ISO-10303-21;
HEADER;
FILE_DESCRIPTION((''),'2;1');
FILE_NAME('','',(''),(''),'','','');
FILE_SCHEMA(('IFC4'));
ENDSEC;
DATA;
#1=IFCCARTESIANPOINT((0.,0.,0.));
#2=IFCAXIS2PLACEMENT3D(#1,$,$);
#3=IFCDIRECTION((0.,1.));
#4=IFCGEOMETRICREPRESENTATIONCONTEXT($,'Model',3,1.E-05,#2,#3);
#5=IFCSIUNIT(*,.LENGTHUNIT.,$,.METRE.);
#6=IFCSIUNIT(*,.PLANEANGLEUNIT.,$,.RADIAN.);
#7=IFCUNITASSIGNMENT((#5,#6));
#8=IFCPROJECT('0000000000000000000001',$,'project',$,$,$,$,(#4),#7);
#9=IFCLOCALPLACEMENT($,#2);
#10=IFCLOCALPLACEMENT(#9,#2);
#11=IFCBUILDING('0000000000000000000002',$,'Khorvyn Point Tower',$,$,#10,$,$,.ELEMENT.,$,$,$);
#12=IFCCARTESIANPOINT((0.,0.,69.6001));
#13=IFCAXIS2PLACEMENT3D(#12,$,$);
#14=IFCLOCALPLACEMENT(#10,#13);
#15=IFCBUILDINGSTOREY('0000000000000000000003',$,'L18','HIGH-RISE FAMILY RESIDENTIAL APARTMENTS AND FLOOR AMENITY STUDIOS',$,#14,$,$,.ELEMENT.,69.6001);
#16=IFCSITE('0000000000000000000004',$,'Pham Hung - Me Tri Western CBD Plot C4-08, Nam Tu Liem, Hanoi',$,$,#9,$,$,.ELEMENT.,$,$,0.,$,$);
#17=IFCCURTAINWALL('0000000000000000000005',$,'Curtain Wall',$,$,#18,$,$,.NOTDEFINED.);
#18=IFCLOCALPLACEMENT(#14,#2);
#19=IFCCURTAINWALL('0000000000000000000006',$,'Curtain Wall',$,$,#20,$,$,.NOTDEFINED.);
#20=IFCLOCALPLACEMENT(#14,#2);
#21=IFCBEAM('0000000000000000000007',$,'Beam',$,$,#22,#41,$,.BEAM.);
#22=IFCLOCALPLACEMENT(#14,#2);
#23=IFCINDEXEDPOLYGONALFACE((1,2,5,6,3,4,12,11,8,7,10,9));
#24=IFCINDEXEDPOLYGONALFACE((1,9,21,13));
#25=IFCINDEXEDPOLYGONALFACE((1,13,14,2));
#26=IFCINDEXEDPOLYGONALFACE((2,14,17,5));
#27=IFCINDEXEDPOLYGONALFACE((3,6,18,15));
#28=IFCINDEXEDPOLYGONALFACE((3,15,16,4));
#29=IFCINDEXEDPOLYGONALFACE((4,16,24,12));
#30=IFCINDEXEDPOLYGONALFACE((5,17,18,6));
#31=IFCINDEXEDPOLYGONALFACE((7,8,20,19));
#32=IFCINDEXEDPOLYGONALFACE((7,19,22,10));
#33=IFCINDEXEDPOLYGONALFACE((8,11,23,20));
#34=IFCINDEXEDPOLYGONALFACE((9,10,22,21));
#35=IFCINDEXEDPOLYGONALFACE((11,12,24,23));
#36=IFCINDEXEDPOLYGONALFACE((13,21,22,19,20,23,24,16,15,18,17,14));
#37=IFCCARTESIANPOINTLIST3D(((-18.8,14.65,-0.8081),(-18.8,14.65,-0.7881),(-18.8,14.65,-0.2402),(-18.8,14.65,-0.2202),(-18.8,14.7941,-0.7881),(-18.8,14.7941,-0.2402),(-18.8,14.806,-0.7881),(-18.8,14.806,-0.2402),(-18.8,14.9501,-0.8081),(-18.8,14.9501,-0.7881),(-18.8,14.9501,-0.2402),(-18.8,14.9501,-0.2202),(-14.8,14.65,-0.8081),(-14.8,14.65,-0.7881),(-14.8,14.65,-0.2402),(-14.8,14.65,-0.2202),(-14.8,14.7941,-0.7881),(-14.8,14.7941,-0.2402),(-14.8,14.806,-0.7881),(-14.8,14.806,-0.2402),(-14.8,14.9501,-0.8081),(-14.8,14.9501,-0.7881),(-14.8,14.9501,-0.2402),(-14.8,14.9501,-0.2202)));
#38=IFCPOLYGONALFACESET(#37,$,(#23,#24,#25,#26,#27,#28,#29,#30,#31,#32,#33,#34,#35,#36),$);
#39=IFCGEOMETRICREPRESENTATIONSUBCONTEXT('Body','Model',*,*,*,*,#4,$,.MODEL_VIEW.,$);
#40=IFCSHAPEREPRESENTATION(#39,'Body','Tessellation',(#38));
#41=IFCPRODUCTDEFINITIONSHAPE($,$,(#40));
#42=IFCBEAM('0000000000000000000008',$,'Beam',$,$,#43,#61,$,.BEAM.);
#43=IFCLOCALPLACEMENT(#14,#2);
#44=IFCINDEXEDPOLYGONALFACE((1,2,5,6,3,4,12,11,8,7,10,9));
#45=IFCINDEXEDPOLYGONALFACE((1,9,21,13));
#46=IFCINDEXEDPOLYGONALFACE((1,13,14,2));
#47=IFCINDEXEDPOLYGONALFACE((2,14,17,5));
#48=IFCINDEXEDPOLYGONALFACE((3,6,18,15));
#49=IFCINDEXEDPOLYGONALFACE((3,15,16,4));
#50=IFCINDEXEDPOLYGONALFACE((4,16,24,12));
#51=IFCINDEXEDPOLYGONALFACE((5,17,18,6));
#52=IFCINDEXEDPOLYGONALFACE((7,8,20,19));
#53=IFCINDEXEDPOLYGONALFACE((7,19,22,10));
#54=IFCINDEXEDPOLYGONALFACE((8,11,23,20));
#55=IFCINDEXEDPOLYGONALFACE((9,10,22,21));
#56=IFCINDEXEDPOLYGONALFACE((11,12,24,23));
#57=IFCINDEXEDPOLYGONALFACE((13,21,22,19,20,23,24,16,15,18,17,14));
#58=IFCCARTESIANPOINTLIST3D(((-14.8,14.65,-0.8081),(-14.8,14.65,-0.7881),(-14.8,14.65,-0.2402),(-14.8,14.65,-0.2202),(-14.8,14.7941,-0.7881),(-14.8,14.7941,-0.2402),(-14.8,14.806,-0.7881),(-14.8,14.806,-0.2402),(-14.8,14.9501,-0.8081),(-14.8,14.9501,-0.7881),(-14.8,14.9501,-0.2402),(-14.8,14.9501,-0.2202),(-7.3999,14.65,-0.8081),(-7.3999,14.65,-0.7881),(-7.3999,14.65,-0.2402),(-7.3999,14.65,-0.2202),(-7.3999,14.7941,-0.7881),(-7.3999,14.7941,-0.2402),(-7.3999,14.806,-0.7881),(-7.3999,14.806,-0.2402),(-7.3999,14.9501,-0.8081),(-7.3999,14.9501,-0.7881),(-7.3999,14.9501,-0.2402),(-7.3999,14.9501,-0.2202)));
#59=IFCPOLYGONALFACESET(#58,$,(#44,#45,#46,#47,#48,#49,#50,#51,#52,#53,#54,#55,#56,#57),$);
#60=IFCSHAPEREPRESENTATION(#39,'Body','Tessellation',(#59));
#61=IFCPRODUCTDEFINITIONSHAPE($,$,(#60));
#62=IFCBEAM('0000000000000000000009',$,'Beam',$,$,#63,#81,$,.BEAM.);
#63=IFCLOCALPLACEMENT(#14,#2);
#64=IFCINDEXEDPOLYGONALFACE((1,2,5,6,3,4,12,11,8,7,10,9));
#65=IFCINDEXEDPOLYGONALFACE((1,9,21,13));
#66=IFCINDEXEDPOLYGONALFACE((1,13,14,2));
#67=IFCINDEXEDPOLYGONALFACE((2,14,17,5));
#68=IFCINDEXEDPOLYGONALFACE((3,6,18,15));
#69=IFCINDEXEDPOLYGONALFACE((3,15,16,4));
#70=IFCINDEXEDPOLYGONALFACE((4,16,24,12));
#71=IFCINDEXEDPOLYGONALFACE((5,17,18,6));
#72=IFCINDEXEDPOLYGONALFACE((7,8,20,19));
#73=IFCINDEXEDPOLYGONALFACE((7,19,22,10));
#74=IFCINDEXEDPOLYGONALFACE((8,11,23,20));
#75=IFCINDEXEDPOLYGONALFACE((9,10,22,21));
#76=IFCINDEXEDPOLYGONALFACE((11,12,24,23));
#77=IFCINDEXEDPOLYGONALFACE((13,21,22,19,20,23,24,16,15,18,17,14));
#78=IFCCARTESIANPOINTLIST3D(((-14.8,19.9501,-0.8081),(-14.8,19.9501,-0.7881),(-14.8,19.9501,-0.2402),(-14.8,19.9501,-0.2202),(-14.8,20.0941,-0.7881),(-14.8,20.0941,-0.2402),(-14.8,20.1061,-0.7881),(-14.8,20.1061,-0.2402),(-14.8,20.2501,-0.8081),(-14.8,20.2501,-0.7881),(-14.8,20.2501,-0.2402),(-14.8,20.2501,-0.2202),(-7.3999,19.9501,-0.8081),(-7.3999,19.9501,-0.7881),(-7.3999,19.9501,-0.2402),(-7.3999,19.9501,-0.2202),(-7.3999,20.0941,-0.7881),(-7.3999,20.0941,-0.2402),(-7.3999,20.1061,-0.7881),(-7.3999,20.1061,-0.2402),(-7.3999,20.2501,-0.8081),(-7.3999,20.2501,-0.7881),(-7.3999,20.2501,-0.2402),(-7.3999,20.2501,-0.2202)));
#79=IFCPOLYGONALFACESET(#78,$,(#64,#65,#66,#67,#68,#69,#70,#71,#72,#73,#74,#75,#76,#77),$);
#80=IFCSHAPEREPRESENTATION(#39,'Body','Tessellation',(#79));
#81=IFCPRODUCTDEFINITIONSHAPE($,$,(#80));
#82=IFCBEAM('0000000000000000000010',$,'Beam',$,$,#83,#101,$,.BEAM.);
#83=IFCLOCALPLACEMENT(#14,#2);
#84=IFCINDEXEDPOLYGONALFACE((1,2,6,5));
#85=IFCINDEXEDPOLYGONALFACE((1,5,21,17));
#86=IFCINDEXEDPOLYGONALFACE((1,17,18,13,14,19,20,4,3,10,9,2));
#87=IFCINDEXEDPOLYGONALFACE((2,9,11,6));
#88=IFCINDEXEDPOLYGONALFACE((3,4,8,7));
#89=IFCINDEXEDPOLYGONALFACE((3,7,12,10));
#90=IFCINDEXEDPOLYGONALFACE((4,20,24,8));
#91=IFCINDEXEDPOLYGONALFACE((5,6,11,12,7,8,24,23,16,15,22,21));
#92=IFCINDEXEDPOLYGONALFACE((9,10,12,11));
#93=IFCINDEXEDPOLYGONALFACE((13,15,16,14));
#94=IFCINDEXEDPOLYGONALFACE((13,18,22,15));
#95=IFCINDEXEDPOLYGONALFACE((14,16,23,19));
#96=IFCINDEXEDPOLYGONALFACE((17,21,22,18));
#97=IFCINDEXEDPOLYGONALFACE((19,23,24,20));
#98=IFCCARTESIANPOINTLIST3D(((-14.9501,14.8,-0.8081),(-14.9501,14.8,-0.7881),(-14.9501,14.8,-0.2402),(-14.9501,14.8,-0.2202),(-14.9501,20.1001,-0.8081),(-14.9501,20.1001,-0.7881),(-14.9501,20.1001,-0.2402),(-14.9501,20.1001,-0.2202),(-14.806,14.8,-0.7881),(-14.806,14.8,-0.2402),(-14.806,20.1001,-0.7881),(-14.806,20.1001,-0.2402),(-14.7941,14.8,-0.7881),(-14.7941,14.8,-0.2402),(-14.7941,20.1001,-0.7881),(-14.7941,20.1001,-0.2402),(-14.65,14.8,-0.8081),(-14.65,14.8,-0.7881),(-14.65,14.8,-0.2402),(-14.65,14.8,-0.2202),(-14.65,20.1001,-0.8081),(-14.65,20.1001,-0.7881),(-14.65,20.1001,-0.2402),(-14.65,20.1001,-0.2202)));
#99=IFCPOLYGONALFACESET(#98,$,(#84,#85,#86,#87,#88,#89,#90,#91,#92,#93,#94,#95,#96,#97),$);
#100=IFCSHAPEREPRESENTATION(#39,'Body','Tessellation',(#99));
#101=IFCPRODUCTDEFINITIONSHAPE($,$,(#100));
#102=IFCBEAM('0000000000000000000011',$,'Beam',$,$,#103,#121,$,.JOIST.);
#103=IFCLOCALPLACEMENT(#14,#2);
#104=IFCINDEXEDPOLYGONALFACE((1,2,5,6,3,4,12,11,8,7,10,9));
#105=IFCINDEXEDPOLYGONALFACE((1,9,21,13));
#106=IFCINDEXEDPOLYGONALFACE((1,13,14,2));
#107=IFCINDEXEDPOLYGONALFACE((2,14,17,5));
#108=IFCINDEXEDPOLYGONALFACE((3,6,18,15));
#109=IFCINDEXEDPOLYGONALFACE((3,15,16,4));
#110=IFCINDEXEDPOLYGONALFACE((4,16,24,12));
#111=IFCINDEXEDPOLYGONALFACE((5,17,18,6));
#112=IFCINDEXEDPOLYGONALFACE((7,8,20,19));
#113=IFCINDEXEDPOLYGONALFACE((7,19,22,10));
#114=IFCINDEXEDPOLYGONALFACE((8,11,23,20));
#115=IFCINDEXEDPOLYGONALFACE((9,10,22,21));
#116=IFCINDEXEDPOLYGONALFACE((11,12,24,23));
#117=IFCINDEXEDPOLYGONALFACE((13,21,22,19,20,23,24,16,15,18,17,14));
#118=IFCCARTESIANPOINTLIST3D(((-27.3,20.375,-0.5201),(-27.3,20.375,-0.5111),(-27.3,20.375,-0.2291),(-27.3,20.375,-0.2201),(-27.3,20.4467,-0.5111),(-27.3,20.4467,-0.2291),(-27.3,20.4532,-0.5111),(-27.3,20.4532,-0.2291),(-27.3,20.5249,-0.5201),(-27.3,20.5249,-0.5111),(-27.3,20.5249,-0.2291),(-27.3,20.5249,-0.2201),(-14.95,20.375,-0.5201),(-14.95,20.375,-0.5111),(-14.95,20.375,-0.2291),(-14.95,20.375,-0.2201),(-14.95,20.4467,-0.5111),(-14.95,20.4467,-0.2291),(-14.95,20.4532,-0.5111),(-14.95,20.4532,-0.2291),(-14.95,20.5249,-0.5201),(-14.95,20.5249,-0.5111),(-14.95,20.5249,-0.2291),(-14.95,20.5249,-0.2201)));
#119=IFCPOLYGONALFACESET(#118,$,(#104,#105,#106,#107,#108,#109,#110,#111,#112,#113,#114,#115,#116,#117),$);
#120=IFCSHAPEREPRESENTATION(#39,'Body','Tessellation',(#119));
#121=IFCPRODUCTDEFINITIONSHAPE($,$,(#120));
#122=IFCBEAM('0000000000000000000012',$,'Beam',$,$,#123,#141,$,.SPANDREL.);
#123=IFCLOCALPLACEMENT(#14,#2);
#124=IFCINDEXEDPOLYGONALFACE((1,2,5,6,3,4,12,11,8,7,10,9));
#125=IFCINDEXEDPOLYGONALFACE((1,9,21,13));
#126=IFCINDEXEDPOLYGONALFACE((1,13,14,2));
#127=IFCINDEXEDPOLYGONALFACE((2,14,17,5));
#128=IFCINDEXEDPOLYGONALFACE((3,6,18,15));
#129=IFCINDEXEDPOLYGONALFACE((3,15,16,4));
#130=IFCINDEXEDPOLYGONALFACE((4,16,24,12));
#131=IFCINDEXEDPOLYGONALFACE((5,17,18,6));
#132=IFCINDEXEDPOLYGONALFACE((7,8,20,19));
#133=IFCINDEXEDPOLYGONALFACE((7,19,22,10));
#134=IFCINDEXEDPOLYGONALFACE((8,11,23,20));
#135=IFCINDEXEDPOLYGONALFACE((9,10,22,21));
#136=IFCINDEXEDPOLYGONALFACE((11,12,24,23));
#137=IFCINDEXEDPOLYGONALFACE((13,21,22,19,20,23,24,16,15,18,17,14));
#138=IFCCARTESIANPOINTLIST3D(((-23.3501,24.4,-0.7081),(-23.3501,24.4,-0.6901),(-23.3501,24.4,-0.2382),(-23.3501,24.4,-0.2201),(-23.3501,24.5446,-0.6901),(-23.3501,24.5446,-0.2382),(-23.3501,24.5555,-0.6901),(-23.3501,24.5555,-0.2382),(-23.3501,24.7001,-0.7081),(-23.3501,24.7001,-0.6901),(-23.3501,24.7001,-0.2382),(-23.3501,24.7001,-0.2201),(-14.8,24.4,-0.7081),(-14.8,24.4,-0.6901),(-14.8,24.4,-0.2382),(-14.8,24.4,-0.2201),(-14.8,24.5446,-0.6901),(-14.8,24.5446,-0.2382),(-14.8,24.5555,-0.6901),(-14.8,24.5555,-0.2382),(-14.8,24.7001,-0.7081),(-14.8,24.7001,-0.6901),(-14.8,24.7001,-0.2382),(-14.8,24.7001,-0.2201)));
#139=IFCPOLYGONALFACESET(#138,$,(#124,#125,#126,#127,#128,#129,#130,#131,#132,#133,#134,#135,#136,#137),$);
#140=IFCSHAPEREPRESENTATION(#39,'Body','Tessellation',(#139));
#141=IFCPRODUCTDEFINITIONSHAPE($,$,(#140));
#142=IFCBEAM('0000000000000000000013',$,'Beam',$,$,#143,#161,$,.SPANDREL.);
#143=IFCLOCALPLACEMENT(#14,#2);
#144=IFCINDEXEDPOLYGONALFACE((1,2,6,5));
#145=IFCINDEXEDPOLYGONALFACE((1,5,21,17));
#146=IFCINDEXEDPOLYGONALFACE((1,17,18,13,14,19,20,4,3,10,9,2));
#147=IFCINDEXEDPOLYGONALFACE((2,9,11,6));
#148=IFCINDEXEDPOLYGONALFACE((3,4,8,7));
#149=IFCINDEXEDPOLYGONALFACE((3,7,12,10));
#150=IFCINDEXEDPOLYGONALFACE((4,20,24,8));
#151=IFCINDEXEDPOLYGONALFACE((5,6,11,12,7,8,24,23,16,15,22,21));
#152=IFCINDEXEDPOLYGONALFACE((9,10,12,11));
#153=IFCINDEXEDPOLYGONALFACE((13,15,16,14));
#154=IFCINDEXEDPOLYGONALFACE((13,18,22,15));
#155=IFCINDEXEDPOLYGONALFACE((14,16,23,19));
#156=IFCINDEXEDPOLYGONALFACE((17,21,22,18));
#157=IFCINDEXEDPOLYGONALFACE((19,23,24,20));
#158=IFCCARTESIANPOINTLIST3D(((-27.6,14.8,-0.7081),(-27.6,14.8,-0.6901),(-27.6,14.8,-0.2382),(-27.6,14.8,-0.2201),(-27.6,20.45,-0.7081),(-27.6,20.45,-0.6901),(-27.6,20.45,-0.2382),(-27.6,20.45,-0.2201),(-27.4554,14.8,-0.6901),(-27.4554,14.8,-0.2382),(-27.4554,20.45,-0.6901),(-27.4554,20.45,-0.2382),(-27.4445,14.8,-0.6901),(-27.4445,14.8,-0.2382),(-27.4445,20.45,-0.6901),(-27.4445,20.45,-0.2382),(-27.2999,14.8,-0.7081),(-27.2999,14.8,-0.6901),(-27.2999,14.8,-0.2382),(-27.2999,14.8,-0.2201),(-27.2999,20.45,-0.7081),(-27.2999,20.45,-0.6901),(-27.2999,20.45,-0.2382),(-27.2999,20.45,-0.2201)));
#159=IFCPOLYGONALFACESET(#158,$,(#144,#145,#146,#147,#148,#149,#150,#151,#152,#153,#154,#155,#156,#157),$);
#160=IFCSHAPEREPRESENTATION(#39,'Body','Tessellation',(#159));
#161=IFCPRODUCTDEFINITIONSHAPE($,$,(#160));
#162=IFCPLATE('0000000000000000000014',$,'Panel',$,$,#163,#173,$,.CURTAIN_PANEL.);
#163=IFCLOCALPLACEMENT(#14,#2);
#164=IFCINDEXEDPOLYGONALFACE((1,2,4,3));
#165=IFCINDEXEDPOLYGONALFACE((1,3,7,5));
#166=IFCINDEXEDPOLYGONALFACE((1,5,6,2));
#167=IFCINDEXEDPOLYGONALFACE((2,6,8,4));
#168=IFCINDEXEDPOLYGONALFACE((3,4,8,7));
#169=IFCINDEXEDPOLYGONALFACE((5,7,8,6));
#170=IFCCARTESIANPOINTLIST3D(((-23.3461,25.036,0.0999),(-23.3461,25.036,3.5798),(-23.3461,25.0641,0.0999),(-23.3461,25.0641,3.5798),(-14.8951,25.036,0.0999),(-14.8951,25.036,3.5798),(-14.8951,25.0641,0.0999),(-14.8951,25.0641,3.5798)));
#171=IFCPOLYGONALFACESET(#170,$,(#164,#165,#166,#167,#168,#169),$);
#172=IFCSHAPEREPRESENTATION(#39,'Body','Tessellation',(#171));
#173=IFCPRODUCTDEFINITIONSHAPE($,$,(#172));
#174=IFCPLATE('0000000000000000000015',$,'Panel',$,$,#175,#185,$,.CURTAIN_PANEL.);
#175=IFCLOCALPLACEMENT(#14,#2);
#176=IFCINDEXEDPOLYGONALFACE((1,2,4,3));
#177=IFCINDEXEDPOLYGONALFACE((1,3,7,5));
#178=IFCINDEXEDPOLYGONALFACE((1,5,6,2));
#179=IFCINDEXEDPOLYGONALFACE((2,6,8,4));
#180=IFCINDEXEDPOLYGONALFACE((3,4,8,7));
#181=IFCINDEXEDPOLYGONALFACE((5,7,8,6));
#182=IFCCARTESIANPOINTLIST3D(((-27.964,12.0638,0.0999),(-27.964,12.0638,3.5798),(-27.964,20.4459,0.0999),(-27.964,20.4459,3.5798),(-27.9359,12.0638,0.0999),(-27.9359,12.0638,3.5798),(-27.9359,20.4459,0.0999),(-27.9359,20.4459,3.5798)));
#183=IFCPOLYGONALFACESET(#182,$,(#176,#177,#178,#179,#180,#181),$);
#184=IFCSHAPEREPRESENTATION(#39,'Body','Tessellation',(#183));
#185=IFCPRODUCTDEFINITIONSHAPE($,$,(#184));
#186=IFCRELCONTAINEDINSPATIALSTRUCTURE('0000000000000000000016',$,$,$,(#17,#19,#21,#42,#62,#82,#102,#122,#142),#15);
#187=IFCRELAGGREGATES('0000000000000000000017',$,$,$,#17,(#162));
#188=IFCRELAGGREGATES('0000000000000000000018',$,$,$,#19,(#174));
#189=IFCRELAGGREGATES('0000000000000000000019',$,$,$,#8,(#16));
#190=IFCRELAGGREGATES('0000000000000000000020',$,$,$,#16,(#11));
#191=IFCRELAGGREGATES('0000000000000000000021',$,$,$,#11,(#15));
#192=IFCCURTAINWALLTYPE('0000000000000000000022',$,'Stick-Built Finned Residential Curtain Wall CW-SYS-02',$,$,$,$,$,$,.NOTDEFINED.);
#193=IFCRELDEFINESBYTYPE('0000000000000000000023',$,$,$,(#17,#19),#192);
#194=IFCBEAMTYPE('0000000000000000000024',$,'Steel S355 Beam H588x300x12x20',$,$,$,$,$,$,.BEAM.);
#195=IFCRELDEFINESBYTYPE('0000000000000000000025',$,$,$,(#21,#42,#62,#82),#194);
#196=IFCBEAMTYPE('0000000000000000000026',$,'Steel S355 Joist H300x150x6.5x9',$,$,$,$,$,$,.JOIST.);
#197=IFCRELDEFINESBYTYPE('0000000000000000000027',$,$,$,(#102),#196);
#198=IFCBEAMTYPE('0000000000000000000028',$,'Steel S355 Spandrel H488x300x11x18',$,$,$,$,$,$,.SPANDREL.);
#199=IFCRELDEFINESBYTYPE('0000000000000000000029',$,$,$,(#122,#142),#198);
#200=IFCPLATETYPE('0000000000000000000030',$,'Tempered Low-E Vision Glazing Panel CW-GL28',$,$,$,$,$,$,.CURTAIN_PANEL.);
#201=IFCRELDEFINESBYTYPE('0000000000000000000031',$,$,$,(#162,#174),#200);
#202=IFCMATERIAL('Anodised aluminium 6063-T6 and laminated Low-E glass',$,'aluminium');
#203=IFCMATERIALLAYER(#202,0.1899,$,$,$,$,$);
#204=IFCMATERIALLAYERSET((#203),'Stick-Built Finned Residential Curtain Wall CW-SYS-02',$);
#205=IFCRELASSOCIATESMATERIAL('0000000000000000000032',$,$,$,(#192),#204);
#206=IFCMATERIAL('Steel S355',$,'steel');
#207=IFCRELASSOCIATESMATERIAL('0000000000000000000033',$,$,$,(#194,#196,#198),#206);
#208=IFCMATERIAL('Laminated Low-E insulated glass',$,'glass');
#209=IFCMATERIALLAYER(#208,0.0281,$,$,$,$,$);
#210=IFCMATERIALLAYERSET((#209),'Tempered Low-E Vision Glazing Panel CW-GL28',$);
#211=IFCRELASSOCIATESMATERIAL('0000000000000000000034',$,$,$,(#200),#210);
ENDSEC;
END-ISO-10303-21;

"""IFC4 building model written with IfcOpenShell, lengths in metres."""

from ifc_helpers import new_model, si_unit, direction, frame, origin, origin_2d, place, context, subcontext, project, spatial, rectangle, i_section, extrude, material, layer, layer_set, material_profile, profile_set, type_object, element, aggregate, save


model = new_model("IFC4")

# Units and contexts
model_context = context("Model", 3, precision=1e-05, world=origin(), true_north=direction((0.0, 1.0)))
body_context = subcontext(model_context, "Body", "Model", "MODEL_VIEW")
ifc_project = project(units=[si_unit("LENGTHUNIT", "METRE"), si_unit("PLANEANGLEUNIT", "RADIAN")], contexts=[model_context])

# Site, building, storey
site_placement = place(None, origin())
site = spatial("IfcSite", under=ifc_project, at=site_placement, Name="Pham Hung - Me Tri Western CBD Plot C4-08, Nam Tu Liem, Hanoi", CompositionType="ELEMENT", RefElevation=0.0)
building_placement = place(site_placement, origin())
building = spatial("IfcBuilding", under=site, at=building_placement, Name="Khorvyn Point Tower", CompositionType="ELEMENT")
storey_placement = place(building_placement, frame((0.0, 0.0, 69.6001)))
storey = spatial("IfcBuildingStorey", under=building, at=storey_placement, Name="L18", Description="HIGH-RISE FAMILY RESIDENTIAL APARTMENTS AND FLOOR AMENITY STUDIOS", CompositionType="ELEMENT", Elevation=69.6001)

# Curtain walls
ifc_material_1 = material(Name="Anodised aluminium 6063-T6 and laminated Low-E glass", Category="aluminium")
ifc_layer_1 = layer(ifc_material_1, 0.1899)
ifc_layer_set_1 = layer_set([ifc_layer_1], Name="Stick-Built Finned Residential Curtain Wall CW-SYS-02")
curtain_wall_type = type_object("IfcCurtainWallType", Name="Stick-Built Finned Residential Curtain Wall CW-SYS-02", PredefinedType="NOTDEFINED", material=ifc_layer_set_1)
curtain_wall_1_placement = place(storey_placement, origin())
curtain_wall_1 = element("IfcCurtainWall", 1, at=curtain_wall_1_placement, inside=storey, type_object=curtain_wall_type, Name="Curtain Wall", PredefinedType="NOTDEFINED")
curtain_wall_2_placement = place(storey_placement, origin())
curtain_wall_2 = element("IfcCurtainWall", 2, at=curtain_wall_2_placement, inside=storey, type_object=curtain_wall_type, Name="Curtain Wall", PredefinedType="NOTDEFINED")

# Beams
ifc_material_2 = material(Name="Steel S355", Category="steel")
ifc_material_profile_1 = material_profile(ifc_material_2, i_section(OverallWidth=0.3, OverallDepth=0.5879, WebThickness=0.012, FlangeThickness=0.02, at=origin_2d()))
ifc_profile_set_1 = profile_set([ifc_material_profile_1], Name="Steel S355 H588x300x12x20")
beam_type_1 = type_object("IfcBeamType", Name="Steel S355 Beam H588x300x12x20", PredefinedType="BEAM", material=ifc_profile_set_1)
beam_1_placement = place(storey_placement, frame((-18.8, 14.8, -0.5142), z_axis=(1.0, 0.0, 0.0), x_axis=(0.0, 1.0, 0.0)))
element("IfcBeam", 3, at=beam_1_placement, inside=storey, type_object=beam_type_1, Name="Beam", PredefinedType="BEAM", context=body_context, shape_type="SweptSolid", body=[
    extrude(i_section(OverallWidth=0.3, OverallDepth=0.5879, WebThickness=0.012, FlangeThickness=0.02, at=origin_2d()), origin(), (0.0, 0.0, 1.0), 4.0),
])
for number, where, z_axis, x_axis, name in (
    (4, (-14.8, 14.8, -0.5142), (1.0, 0.0, 0.0), (0.0, 1.0, 0.0), "Beam"),
    (5, (-14.8, 20.1001, -0.5142), (1.0, 0.0, 0.0), (0.0, 1.0, 0.0), "Beam"),
):
    element("IfcBeam", number, at=place(storey_placement, frame(where, z_axis=z_axis, x_axis=x_axis)), inside=storey, type_object=beam_type_1, Name=name, PredefinedType="BEAM", context=body_context, shape_type="SweptSolid", body=[
        extrude(i_section(OverallWidth=0.3, OverallDepth=0.5879, WebThickness=0.012, FlangeThickness=0.02, at=origin_2d()), origin(), (0.0, 0.0, 1.0), 7.4001),
    ])
beam_2_placement = place(storey_placement, frame((-14.8, 14.8, -0.5142), z_axis=(0.0, 1.0, 0.0), x_axis=(-1.0, 0.0, 0.0)))
element("IfcBeam", 6, at=beam_2_placement, inside=storey, type_object=beam_type_1, Name="Beam", PredefinedType="BEAM", context=body_context, shape_type="SweptSolid", body=[
    extrude(i_section(OverallWidth=0.3, OverallDepth=0.5879, WebThickness=0.012, FlangeThickness=0.02, at=origin_2d()), origin(), (0.0, 0.0, 1.0), 5.3),
])
ifc_material_profile_2 = material_profile(ifc_material_2, i_section(OverallWidth=0.1499, OverallDepth=0.3, WebThickness=0.0066, FlangeThickness=0.009, at=origin_2d()))
ifc_profile_set_2 = profile_set([ifc_material_profile_2], Name="Steel S355 H300x150x6.5x9")
beam_type_2 = type_object("IfcBeamType", Name="Steel S355 Joist H300x150x6.5x9", PredefinedType="JOIST", material=ifc_profile_set_2)
beam_3_placement = place(storey_placement, frame((-27.3, 20.45, -0.3701), z_axis=(1.0, 0.0, 0.0), x_axis=(0.0, 1.0, 0.0)))
element("IfcBeam", 7, at=beam_3_placement, inside=storey, type_object=beam_type_2, Name="Beam", PredefinedType="JOIST", context=body_context, shape_type="SweptSolid", body=[
    extrude(i_section(OverallWidth=0.1499, OverallDepth=0.3, WebThickness=0.0066, FlangeThickness=0.009, at=origin_2d()), origin(), (0.0, 0.0, 1.0), 12.3501),
])
ifc_material_profile_3 = material_profile(ifc_material_2, i_section(OverallWidth=0.3, OverallDepth=0.488, WebThickness=0.011, FlangeThickness=0.0181, at=origin_2d()))
ifc_profile_set_3 = profile_set([ifc_material_profile_3], Name="Steel S355 H488x300x11x18")
beam_type_3 = type_object("IfcBeamType", Name="Steel S355 Spandrel H488x300x11x18", PredefinedType="SPANDREL", material=ifc_profile_set_3)
beam_4_placement = place(storey_placement, frame((-23.3501, 24.55, -0.4641), z_axis=(1.0, 0.0, 0.0), x_axis=(0.0, 1.0, 0.0)))
element("IfcBeam", 8, at=beam_4_placement, inside=storey, type_object=beam_type_3, Name="Beam", PredefinedType="SPANDREL", context=body_context, shape_type="SweptSolid", body=[
    extrude(i_section(OverallWidth=0.3, OverallDepth=0.488, WebThickness=0.011, FlangeThickness=0.0181, at=origin_2d()), origin(), (0.0, 0.0, 1.0), 8.55),
])
beam_5_placement = place(storey_placement, frame((-27.45, 14.8, -0.4641), z_axis=(0.0, 1.0, 0.0), x_axis=(-1.0, 0.0, 0.0)))
element("IfcBeam", 9, at=beam_5_placement, inside=storey, type_object=beam_type_3, Name="Beam", PredefinedType="SPANDREL", context=body_context, shape_type="SweptSolid", body=[
    extrude(i_section(OverallWidth=0.3, OverallDepth=0.488, WebThickness=0.011, FlangeThickness=0.0181, at=origin_2d()), origin(), (0.0, 0.0, 1.0), 5.6499),
])

# Plates
ifc_material_3 = material(Name="Laminated Low-E insulated glass", Category="glass")
ifc_layer_2 = layer(ifc_material_3, 0.0281)
ifc_layer_set_2 = layer_set([ifc_layer_2], Name="Tempered Low-E Vision Glazing Panel CW-GL28")
plate_type = type_object("IfcPlateType", Name="Tempered Low-E Vision Glazing Panel CW-GL28", PredefinedType="CURTAIN_PANEL", material=ifc_layer_set_2)
plate_1_placement = place(storey_placement, frame((-19.1206, 25.05, 0.0999), z_axis=(0.0, 0.0, 1.0), x_axis=(1.0, 0.0, 0.0)))
plate_1 = element("IfcPlate", 10, at=plate_1_placement, type_object=plate_type, Name="Panel", PredefinedType="CURTAIN_PANEL", context=body_context, shape_type="SweptSolid", body=[
    extrude(rectangle(XDim=8.4509, YDim=0.0281, at=origin_2d()), origin(), (0.0, 0.0, 1.0), 3.48),
])
aggregate(curtain_wall_1, [plate_1])
plate_2_placement = place(storey_placement, frame((-27.95, 16.2549, 0.0999), z_axis=(0.0, 0.0, 1.0), x_axis=(0.0, 1.0, 0.0)))
plate_2 = element("IfcPlate", 11, at=plate_2_placement, type_object=plate_type, Name="Panel", PredefinedType="CURTAIN_PANEL", context=body_context, shape_type="SweptSolid", body=[
    extrude(rectangle(XDim=8.3821, YDim=0.0281, at=origin_2d()), origin(), (0.0, 0.0, 1.0), 3.48),
])
aggregate(curtain_wall_2, [plate_2])

save(model, "model.ifc")
